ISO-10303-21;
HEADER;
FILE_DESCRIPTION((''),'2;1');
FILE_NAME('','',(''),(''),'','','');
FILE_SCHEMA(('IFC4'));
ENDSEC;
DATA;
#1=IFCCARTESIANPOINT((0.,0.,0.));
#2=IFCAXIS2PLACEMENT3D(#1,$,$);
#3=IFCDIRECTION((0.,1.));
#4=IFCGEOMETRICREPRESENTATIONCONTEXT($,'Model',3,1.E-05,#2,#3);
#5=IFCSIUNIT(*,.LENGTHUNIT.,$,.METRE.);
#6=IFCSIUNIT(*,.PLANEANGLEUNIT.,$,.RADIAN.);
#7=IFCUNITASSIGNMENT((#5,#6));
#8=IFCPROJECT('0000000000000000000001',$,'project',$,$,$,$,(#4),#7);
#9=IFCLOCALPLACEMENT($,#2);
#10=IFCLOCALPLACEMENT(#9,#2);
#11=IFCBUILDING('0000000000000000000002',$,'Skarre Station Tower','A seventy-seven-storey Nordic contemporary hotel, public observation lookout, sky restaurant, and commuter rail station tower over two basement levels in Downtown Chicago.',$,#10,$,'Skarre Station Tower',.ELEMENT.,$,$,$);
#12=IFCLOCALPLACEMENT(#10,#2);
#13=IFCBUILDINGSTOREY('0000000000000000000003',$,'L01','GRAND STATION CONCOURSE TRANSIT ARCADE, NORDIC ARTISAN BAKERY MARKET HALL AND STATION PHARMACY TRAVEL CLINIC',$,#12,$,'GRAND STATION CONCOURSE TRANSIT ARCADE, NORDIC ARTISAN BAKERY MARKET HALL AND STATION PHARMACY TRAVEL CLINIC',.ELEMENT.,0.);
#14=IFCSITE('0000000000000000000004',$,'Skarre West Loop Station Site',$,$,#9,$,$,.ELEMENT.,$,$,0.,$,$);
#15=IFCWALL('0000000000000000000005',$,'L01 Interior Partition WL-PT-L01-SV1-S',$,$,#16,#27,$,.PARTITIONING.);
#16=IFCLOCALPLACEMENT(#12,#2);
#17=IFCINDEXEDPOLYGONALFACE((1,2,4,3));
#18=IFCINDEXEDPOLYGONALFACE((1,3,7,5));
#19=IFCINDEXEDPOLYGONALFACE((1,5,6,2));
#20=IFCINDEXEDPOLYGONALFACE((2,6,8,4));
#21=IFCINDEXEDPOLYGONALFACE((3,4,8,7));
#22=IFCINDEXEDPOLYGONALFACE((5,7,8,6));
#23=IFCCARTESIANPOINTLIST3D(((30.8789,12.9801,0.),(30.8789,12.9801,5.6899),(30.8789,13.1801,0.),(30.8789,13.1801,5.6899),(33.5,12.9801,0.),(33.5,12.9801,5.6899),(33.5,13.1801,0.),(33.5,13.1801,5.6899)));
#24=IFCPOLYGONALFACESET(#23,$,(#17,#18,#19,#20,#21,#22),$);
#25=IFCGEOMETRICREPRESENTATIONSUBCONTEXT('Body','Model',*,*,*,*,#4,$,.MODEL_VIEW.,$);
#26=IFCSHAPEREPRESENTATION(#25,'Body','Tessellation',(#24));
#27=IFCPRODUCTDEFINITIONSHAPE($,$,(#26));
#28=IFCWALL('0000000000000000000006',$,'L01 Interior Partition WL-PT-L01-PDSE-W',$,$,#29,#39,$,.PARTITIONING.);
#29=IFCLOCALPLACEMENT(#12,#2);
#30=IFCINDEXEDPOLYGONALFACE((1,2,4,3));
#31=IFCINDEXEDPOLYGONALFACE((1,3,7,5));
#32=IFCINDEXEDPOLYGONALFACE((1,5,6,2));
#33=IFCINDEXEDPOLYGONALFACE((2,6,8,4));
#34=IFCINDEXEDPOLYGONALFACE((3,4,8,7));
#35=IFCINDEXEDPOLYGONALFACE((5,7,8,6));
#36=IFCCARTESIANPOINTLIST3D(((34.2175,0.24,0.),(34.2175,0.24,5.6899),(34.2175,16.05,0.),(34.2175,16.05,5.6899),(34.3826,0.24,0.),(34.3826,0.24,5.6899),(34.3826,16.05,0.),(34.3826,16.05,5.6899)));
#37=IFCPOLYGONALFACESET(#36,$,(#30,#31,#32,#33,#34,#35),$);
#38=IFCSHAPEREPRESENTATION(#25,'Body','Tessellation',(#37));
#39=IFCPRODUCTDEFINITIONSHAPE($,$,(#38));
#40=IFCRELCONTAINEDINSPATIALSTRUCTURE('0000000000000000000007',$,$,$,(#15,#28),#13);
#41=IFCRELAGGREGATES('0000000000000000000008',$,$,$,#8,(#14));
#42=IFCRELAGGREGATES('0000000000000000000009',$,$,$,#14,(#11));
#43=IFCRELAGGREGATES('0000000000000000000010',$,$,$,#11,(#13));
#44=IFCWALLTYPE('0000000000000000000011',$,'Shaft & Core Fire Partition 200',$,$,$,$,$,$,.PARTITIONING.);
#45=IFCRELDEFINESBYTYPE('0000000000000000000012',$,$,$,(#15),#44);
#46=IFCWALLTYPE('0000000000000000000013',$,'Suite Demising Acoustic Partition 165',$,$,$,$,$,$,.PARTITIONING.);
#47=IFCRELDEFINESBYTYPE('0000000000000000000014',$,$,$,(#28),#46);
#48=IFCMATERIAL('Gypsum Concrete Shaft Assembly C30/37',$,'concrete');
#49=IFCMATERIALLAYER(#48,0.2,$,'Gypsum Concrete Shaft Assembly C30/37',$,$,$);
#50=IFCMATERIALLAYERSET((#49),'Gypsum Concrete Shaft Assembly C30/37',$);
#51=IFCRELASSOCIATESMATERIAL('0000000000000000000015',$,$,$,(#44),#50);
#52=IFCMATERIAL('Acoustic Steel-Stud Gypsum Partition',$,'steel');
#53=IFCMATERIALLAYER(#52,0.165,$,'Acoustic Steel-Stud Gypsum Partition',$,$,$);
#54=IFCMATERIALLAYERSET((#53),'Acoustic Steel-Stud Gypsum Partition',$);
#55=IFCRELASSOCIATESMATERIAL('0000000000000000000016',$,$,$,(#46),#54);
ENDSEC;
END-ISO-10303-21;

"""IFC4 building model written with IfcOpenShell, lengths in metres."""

from ifc_helpers import new_model, si_unit, direction, frame, frame_2d, origin, place, context, subcontext, project, spatial, rectangle, extrude, material, layer, layer_set, type_object, element, save


model = new_model("IFC4")

# Units and contexts
model_context = context("Model", 3, precision=1e-05, world=origin(), true_north=direction((0.0, 1.0)))
body_context = subcontext(model_context, "Body", "Model", "MODEL_VIEW")
ifc_project = project(units=[si_unit("LENGTHUNIT", "METRE"), si_unit("PLANEANGLEUNIT", "RADIAN")], contexts=[model_context])

# Site, building, storey
site_placement = place(None, origin())
site = spatial("IfcSite", under=ifc_project, at=site_placement, Name="Skarre West Loop Station Site", CompositionType="ELEMENT", RefElevation=0.0)
building_placement = place(site_placement, origin())
building = spatial("IfcBuilding", under=site, at=building_placement, Name="Skarre Station Tower", Description="A seventy-seven-storey Nordic contemporary hotel, public observation lookout, sky restaurant, and commuter rail station tower over two basement levels in Downtown Chicago.", LongName="Skarre Station Tower", CompositionType="ELEMENT")
storey_placement = place(building_placement, origin())
storey = spatial("IfcBuildingStorey", under=building, at=storey_placement, Name="L01", Description="GRAND STATION CONCOURSE TRANSIT ARCADE, NORDIC ARTISAN BAKERY MARKET HALL AND STATION PHARMACY TRAVEL CLINIC", LongName="GRAND STATION CONCOURSE TRANSIT ARCADE, NORDIC ARTISAN BAKERY MARKET HALL AND STATION PHARMACY TRAVEL CLINIC", CompositionType="ELEMENT", Elevation=0.0)

# Shared definitions
ifc_material_1 = material(Name="Acoustic Steel-Stud Gypsum Partition", Category="steel")

# Shared definitions
ifc_material_2 = material(Name="Gypsum Concrete Shaft Assembly C30/37", Category="concrete")
ifc_layer_1 = layer(ifc_material_2, 0.2, Name="Gypsum Concrete Shaft Assembly C30/37")
ifc_layer_set_1 = layer_set([ifc_layer_1], Name="Gypsum Concrete Shaft Assembly C30/37")
wall_type_1 = type_object("IfcWallType", Name="Shaft & Core Fire Partition 200", PredefinedType="PARTITIONING", material=ifc_layer_set_1)

# Walls
wall_1_placement = place(storey_placement, frame((30.8789, 13.0801, 0.0), z_axis=(0.0, 0.0, 1.0), x_axis=(1.0, 0.0, 0.0)))
element("IfcWall", 1, at=wall_1_placement, inside=storey, type_object=wall_type_1, Name="L01 Interior Partition WL-PT-L01-SV1-S", PredefinedType="PARTITIONING", context=body_context, shape_type="SweptSolid", body=[
    extrude(rectangle(XDim=2.6211, YDim=0.2, at=frame_2d((1.3105, 0.0))), origin(), (0.0, 0.0, 1.0), 5.6899),
])
ifc_layer_2 = layer(ifc_material_1, 0.165, Name="Acoustic Steel-Stud Gypsum Partition")
ifc_layer_set_2 = layer_set([ifc_layer_2], Name="Acoustic Steel-Stud Gypsum Partition")
wall_type_2 = type_object("IfcWallType", Name="Suite Demising Acoustic Partition 165", PredefinedType="PARTITIONING", material=ifc_layer_set_2)
wall_2_placement = place(storey_placement, frame((34.3, 0.24, 0.0), z_axis=(0.0, 0.0, 1.0), x_axis=(0.0, 1.0, 0.0)))
element("IfcWall", 2, at=wall_2_placement, inside=storey, type_object=wall_type_2, Name="L01 Interior Partition WL-PT-L01-PDSE-W", PredefinedType="PARTITIONING", context=body_context, shape_type="SweptSolid", body=[
    extrude(rectangle(XDim=15.8101, YDim=0.165, at=frame_2d((7.905, 0.0))), origin(), (0.0, 0.0, 1.0), 5.6899),
])

save(model, "model.ifc")
